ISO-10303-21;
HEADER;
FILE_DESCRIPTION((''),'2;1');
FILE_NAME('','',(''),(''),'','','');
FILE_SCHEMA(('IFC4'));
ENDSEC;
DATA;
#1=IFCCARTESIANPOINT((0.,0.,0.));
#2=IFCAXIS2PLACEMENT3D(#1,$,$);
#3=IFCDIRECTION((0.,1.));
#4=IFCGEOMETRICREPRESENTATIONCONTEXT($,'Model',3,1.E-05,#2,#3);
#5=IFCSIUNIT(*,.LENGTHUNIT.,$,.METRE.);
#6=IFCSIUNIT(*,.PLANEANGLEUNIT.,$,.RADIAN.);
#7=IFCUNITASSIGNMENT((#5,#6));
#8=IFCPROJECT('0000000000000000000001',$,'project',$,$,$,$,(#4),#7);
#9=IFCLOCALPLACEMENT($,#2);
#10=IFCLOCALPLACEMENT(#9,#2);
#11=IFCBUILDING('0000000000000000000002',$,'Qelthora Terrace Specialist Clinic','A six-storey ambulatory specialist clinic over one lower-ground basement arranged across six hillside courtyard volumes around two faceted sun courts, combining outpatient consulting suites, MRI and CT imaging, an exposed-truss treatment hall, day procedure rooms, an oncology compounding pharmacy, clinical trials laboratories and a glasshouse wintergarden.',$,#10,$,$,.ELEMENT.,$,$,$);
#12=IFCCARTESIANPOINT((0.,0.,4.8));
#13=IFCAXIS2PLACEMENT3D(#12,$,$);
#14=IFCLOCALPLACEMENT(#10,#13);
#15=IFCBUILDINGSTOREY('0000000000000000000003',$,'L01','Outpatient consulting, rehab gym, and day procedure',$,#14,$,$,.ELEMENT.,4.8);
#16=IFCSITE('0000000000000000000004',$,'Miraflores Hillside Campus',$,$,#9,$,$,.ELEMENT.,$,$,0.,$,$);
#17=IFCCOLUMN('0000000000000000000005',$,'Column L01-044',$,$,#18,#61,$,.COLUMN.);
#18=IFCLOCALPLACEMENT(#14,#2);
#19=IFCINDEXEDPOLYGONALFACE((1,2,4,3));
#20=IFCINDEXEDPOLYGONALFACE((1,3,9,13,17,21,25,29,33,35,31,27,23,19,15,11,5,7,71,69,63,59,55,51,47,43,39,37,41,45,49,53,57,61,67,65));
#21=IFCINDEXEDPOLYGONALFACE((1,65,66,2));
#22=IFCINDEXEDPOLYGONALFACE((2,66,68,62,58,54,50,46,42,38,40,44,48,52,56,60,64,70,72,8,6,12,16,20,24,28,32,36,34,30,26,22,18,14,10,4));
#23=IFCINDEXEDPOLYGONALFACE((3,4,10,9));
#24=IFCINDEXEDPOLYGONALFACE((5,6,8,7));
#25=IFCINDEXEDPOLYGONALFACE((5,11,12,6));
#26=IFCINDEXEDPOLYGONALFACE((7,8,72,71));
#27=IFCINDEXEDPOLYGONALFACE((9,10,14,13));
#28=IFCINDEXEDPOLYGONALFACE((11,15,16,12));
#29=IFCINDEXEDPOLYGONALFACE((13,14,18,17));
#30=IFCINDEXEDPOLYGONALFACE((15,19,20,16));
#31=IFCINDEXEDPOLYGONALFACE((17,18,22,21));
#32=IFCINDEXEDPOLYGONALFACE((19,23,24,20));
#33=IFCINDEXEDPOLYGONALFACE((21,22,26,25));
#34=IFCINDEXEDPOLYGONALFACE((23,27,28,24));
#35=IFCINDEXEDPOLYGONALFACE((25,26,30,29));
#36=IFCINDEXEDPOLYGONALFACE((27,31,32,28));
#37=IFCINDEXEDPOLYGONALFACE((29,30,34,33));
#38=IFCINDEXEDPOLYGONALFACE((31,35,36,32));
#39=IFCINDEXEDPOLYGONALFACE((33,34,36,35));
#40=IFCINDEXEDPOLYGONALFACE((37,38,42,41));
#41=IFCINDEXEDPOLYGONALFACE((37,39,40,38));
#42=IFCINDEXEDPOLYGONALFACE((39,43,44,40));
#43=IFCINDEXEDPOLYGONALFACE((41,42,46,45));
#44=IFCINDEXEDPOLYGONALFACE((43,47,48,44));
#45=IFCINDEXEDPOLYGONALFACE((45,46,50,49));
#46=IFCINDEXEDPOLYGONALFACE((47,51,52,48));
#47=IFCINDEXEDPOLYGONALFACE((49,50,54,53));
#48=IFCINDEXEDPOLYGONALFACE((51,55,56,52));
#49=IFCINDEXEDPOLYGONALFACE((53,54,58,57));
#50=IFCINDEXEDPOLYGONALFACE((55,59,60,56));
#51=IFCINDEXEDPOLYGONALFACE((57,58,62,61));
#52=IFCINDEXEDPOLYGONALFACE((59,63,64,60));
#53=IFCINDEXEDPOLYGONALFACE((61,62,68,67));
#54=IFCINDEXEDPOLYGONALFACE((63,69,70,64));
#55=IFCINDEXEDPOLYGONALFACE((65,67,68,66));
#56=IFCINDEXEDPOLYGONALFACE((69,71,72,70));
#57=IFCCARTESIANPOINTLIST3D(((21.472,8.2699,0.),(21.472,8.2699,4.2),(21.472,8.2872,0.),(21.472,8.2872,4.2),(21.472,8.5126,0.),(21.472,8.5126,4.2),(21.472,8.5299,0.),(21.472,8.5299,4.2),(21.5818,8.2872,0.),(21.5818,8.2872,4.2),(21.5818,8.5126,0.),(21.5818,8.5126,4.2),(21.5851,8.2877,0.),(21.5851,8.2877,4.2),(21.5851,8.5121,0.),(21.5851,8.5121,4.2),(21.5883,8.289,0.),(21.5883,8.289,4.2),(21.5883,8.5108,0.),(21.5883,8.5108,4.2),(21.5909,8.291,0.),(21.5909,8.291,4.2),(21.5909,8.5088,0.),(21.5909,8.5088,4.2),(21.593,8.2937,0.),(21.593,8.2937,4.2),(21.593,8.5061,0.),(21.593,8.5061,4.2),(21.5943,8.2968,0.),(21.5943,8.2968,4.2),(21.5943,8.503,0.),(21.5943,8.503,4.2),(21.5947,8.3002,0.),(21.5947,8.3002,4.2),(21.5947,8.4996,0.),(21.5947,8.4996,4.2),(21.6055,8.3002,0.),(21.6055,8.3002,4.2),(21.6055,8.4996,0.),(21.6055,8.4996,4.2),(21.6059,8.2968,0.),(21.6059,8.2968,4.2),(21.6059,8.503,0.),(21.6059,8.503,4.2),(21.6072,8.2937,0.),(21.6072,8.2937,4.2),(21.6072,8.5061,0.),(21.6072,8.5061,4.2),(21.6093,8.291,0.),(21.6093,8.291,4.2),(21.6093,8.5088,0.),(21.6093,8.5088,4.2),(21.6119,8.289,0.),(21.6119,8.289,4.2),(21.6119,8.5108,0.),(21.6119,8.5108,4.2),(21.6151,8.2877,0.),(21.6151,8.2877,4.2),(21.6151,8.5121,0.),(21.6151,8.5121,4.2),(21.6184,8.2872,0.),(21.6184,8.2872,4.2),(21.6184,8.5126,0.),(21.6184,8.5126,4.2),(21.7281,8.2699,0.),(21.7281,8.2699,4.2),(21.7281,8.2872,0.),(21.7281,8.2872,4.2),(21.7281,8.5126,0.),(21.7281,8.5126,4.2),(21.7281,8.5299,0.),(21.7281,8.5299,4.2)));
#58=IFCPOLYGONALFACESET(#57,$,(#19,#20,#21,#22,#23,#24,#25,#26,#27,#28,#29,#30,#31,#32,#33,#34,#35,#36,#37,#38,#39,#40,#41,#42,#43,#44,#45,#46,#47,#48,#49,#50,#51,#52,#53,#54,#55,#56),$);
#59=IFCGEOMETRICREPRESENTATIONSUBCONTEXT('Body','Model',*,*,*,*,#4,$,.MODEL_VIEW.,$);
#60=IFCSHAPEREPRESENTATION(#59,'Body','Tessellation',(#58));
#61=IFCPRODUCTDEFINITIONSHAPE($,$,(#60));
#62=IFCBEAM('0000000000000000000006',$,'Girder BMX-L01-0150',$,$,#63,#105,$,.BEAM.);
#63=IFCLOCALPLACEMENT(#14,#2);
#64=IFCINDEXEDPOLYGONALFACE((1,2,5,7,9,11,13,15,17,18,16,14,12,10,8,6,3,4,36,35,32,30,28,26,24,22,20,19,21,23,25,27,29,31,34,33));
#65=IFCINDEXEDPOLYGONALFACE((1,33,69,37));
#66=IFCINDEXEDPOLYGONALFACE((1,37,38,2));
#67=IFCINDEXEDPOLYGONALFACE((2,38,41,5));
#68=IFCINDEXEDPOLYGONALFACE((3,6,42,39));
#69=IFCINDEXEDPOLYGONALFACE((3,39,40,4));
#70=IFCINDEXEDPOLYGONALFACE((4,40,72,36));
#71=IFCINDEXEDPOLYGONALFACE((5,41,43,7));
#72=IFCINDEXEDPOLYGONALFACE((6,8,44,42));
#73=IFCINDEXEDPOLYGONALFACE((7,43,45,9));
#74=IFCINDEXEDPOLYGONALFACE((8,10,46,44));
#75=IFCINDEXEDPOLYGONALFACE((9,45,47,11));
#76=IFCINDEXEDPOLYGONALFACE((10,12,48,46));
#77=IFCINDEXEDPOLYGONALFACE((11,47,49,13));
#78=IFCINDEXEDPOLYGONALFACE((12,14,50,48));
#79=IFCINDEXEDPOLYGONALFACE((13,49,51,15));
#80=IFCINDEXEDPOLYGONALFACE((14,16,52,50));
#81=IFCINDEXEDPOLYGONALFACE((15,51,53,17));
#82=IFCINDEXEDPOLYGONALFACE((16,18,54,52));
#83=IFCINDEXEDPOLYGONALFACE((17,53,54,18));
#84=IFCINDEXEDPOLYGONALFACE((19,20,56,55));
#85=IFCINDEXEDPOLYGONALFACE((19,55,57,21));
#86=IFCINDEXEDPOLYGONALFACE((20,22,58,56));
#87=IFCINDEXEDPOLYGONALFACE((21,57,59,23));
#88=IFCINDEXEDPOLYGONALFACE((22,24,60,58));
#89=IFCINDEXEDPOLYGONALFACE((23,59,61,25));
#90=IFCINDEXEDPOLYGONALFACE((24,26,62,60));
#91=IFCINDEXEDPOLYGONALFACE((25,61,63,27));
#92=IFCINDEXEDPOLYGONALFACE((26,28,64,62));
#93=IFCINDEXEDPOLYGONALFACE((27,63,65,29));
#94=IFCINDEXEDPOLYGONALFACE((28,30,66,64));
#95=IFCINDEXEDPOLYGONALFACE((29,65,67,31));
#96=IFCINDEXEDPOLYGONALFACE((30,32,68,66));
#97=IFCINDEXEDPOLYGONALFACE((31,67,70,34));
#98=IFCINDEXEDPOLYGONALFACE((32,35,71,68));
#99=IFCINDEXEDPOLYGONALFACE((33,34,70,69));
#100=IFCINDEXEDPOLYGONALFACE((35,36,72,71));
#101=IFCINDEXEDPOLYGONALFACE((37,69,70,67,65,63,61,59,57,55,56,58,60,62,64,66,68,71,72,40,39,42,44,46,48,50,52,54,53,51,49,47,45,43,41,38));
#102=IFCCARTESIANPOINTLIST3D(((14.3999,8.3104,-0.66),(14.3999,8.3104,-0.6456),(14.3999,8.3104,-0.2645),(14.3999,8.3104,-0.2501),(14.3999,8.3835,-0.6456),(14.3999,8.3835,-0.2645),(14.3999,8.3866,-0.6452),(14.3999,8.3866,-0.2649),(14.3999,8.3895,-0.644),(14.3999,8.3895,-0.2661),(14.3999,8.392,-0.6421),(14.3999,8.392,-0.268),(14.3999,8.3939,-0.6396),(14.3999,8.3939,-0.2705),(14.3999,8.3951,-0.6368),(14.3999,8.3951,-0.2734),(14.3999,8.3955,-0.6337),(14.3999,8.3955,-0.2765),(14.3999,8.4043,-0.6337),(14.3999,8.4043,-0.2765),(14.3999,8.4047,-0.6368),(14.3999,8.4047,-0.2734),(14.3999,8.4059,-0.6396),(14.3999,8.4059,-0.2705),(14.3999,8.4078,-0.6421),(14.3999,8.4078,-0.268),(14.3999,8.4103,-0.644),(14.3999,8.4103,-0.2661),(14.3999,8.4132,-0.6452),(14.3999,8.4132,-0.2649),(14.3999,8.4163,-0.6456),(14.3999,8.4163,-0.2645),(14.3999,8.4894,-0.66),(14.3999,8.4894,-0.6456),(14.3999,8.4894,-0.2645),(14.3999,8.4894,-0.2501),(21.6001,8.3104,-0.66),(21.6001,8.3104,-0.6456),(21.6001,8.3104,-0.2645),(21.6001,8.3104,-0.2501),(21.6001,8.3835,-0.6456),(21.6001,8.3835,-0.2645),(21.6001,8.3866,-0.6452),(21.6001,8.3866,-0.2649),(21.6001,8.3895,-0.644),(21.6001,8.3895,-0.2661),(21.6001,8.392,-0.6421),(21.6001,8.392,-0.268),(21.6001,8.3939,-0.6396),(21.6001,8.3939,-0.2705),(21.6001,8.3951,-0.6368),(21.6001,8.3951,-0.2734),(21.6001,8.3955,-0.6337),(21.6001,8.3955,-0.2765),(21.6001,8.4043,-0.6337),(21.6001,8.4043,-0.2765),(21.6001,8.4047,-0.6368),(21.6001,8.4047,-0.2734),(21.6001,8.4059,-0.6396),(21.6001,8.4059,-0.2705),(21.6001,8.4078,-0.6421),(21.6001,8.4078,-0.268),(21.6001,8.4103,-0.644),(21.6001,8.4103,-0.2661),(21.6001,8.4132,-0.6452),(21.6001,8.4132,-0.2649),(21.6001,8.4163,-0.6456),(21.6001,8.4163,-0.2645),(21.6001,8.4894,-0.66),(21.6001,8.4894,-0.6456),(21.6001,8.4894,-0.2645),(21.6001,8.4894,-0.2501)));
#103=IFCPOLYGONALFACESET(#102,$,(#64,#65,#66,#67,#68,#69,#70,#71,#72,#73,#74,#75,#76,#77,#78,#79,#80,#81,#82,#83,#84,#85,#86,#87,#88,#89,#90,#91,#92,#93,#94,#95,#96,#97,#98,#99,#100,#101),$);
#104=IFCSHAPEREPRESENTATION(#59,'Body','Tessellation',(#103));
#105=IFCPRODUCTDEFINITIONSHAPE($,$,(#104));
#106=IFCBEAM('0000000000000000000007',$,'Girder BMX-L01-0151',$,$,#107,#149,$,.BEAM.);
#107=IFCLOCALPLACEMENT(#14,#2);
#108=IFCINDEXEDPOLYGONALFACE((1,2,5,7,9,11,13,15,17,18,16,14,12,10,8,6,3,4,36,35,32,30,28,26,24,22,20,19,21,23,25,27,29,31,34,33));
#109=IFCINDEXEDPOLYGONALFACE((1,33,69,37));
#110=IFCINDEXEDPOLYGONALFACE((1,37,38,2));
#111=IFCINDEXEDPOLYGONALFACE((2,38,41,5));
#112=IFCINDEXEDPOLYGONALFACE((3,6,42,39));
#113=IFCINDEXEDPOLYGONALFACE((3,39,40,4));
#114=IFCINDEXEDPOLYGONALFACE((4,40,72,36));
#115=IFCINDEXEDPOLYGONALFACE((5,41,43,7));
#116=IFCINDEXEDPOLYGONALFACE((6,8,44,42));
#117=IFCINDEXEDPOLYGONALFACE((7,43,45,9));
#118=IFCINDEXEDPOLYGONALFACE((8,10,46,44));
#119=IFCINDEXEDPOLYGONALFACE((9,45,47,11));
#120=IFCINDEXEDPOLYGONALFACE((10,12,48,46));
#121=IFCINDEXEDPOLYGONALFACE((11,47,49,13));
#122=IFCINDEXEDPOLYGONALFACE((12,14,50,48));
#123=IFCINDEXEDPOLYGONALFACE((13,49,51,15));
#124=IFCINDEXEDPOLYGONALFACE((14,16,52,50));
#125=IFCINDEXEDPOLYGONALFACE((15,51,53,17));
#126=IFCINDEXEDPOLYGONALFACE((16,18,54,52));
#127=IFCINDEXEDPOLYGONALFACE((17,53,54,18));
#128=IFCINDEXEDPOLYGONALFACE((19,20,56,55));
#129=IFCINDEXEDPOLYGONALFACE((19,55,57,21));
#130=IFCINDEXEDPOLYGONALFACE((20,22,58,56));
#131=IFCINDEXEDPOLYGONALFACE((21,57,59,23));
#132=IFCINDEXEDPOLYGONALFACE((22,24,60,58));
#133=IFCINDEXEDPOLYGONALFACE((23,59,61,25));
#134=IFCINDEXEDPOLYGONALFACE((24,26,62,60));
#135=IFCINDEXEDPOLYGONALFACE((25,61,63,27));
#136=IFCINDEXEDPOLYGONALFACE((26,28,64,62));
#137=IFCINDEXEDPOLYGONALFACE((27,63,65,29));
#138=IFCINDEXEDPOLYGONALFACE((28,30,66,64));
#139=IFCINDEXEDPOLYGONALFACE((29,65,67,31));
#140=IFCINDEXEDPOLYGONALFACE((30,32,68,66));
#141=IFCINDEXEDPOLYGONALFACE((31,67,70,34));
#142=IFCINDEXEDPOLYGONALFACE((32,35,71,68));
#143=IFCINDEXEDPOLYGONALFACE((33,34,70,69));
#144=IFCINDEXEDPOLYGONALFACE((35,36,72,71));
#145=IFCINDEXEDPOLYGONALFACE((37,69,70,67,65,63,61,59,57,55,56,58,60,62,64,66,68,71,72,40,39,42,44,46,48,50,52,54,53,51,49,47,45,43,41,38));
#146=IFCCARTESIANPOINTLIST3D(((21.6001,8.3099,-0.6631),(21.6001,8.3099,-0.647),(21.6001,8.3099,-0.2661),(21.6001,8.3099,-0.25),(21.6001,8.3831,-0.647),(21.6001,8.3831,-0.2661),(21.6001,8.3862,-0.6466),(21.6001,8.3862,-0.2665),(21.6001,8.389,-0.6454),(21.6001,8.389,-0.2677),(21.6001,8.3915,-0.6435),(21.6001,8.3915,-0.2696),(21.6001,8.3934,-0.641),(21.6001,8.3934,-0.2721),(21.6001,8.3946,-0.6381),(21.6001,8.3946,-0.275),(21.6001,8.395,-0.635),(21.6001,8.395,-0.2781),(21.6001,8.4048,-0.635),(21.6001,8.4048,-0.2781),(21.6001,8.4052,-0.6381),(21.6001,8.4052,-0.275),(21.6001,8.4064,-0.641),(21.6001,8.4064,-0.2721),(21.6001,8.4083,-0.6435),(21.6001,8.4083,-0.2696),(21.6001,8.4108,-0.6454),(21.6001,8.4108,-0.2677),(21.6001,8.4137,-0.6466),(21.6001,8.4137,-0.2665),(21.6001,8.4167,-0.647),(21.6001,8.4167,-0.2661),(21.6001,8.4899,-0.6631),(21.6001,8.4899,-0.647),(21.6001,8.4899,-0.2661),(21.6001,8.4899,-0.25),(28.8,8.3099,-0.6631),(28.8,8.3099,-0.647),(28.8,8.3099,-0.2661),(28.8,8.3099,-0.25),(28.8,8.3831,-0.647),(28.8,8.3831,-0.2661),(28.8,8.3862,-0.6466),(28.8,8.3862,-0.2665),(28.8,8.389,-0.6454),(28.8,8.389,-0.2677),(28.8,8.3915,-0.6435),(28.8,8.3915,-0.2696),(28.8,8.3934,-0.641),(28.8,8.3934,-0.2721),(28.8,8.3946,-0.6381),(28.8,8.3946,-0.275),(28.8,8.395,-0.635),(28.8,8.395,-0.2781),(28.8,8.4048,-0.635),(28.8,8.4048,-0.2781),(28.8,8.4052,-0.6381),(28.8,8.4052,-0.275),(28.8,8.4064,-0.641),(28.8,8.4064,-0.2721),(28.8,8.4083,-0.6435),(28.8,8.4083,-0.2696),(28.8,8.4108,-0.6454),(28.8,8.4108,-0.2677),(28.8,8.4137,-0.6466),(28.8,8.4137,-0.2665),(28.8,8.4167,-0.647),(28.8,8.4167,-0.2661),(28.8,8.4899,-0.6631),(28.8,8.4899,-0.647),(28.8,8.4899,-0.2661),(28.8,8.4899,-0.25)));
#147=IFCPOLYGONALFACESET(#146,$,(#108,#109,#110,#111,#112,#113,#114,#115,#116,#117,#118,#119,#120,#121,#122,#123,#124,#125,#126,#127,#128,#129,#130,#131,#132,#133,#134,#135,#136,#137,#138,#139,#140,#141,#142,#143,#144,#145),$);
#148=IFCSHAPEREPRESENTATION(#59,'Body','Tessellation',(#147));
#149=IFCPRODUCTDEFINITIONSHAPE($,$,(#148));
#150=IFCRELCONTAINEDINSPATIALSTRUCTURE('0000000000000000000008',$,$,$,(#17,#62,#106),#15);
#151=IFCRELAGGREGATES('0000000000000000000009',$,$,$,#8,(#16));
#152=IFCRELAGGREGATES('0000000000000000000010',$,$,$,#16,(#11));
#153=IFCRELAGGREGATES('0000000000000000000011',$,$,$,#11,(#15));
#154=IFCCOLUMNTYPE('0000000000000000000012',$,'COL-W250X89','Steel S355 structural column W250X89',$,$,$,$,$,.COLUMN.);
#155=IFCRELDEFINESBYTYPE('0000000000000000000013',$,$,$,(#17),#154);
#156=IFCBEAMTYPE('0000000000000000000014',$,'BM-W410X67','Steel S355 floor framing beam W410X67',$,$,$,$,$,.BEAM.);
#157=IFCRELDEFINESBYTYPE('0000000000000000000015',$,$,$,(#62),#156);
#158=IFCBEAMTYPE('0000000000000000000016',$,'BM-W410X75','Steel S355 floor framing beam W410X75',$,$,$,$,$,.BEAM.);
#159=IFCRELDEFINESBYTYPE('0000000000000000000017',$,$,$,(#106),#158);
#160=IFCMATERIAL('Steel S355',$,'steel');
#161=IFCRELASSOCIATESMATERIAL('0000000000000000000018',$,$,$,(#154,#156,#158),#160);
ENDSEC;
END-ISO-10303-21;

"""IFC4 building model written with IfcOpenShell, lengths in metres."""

from ifc_helpers import new_model, si_unit, direction, frame, origin, origin_2d, place, context, subcontext, project, spatial, i_section, extrude, material, material_profile, profile_set, type_object, element, save


model = new_model("IFC4")

# Units and contexts
model_context = context("Model", 3, precision=1e-05, world=origin(), true_north=direction((0.0, 1.0)))
body_context = subcontext(model_context, "Body", "Model", "MODEL_VIEW")
ifc_project = project(units=[si_unit("LENGTHUNIT", "METRE"), si_unit("PLANEANGLEUNIT", "RADIAN")], contexts=[model_context])

# Site, building, storey
site_placement = place(None, origin())
site = spatial("IfcSite", under=ifc_project, at=site_placement, Name="Miraflores Hillside Campus", CompositionType="ELEMENT", RefElevation=0.0)
building_placement = place(site_placement, origin())
building = spatial("IfcBuilding", under=site, at=building_placement, Name="Qelthora Terrace Specialist Clinic", Description="A six-storey ambulatory specialist clinic over one lower-ground basement arranged across six hillside courtyard volumes around two faceted sun courts, combining outpatient consulting suites, MRI and CT imaging, an exposed-truss treatment hall, day procedure rooms, an oncology compounding pharmacy, clinical trials laboratories and a glasshouse wintergarden.", CompositionType="ELEMENT")
storey_placement = place(building_placement, frame((0.0, 0.0, 4.8)))
storey = spatial("IfcBuildingStorey", under=building, at=storey_placement, Name="L01", Description="Outpatient consulting, rehab gym, and day procedure", CompositionType="ELEMENT", Elevation=4.8)

# Column
ifc_material_1 = material(Name="Steel S355", Category="steel")
ifc_material_profile_1 = material_profile(ifc_material_1, i_section(OverallWidth=0.2561, OverallDepth=0.26, WebThickness=0.0107, FlangeThickness=0.0173, FilletRadius=0.0129, at=origin_2d()), Name="W250X89")
ifc_profile_set_1 = profile_set([ifc_material_profile_1], Name="Steel S355")
column_type_1 = type_object("IfcColumnType", Name="COL-W250X89", Description="Steel S355 structural column W250X89", PredefinedType="COLUMN", material=ifc_profile_set_1)
column_1_placement = place(storey_placement, frame((21.6001, 8.3999, 0.0), z_axis=(0.0, 0.0, 1.0), x_axis=(1.0, 0.0, 0.0)))
element("IfcColumn", 1, at=column_1_placement, inside=storey, type_object=column_type_1, Name="Column L01-044", PredefinedType="COLUMN", context=body_context, shape_type="SweptSolid", body=[
    extrude(i_section(OverallWidth=0.2561, OverallDepth=0.26, WebThickness=0.0107, FlangeThickness=0.0173, FilletRadius=0.0129, at=origin_2d()), origin(), (0.0, 0.0, 1.0), 4.2),
])

# Beams
ifc_material_profile_2 = material_profile(ifc_material_1, i_section(OverallWidth=0.179, OverallDepth=0.4099, WebThickness=0.0088, FlangeThickness=0.0144, FilletRadius=0.012, at=origin_2d()), Name="W410X67")
ifc_profile_set_2 = profile_set([ifc_material_profile_2], Name="Steel S355")
beam_type_1 = type_object("IfcBeamType", Name="BM-W410X67", Description="Steel S355 floor framing beam W410X67", PredefinedType="BEAM", material=ifc_profile_set_2)
beam_1_placement = place(storey_placement, frame((14.3999, 8.3999, -0.4551), z_axis=(1.0, 0.0, 0.0), x_axis=(0.0, 1.0, 0.0)))
element("IfcBeam", 2, at=beam_1_placement, inside=storey, type_object=beam_type_1, Name="Girder BMX-L01-0150", PredefinedType="BEAM", context=body_context, shape_type="SweptSolid", body=[
    extrude(i_section(OverallWidth=0.179, OverallDepth=0.4099, WebThickness=0.0088, FlangeThickness=0.0144, FilletRadius=0.012, at=origin_2d()), origin(), (0.0, 0.0, 1.0), 7.2002),
])
ifc_material_profile_3 = material_profile(ifc_material_1, i_section(OverallWidth=0.1799, OverallDepth=0.4131, WebThickness=0.0098, FlangeThickness=0.0161, FilletRadius=0.012, at=origin_2d()), Name="W410X75")
ifc_profile_set_3 = profile_set([ifc_material_profile_3], Name="Steel S355")
beam_type_2 = type_object("IfcBeamType", Name="BM-W410X75", Description="Steel S355 floor framing beam W410X75", PredefinedType="BEAM", material=ifc_profile_set_3)
beam_2_placement = place(storey_placement, frame((21.6001, 8.3999, -0.4565), z_axis=(1.0, 0.0, 0.0), x_axis=(0.0, 1.0, 0.0)))
element("IfcBeam", 3, at=beam_2_placement, inside=storey, type_object=beam_type_2, Name="Girder BMX-L01-0151", PredefinedType="BEAM", context=body_context, shape_type="SweptSolid", body=[
    extrude(i_section(OverallWidth=0.1799, OverallDepth=0.4131, WebThickness=0.0098, FlangeThickness=0.0161, FilletRadius=0.012, at=origin_2d()), origin(), (0.0, 0.0, 1.0), 7.2),
])

save(model, "model.ifc")
